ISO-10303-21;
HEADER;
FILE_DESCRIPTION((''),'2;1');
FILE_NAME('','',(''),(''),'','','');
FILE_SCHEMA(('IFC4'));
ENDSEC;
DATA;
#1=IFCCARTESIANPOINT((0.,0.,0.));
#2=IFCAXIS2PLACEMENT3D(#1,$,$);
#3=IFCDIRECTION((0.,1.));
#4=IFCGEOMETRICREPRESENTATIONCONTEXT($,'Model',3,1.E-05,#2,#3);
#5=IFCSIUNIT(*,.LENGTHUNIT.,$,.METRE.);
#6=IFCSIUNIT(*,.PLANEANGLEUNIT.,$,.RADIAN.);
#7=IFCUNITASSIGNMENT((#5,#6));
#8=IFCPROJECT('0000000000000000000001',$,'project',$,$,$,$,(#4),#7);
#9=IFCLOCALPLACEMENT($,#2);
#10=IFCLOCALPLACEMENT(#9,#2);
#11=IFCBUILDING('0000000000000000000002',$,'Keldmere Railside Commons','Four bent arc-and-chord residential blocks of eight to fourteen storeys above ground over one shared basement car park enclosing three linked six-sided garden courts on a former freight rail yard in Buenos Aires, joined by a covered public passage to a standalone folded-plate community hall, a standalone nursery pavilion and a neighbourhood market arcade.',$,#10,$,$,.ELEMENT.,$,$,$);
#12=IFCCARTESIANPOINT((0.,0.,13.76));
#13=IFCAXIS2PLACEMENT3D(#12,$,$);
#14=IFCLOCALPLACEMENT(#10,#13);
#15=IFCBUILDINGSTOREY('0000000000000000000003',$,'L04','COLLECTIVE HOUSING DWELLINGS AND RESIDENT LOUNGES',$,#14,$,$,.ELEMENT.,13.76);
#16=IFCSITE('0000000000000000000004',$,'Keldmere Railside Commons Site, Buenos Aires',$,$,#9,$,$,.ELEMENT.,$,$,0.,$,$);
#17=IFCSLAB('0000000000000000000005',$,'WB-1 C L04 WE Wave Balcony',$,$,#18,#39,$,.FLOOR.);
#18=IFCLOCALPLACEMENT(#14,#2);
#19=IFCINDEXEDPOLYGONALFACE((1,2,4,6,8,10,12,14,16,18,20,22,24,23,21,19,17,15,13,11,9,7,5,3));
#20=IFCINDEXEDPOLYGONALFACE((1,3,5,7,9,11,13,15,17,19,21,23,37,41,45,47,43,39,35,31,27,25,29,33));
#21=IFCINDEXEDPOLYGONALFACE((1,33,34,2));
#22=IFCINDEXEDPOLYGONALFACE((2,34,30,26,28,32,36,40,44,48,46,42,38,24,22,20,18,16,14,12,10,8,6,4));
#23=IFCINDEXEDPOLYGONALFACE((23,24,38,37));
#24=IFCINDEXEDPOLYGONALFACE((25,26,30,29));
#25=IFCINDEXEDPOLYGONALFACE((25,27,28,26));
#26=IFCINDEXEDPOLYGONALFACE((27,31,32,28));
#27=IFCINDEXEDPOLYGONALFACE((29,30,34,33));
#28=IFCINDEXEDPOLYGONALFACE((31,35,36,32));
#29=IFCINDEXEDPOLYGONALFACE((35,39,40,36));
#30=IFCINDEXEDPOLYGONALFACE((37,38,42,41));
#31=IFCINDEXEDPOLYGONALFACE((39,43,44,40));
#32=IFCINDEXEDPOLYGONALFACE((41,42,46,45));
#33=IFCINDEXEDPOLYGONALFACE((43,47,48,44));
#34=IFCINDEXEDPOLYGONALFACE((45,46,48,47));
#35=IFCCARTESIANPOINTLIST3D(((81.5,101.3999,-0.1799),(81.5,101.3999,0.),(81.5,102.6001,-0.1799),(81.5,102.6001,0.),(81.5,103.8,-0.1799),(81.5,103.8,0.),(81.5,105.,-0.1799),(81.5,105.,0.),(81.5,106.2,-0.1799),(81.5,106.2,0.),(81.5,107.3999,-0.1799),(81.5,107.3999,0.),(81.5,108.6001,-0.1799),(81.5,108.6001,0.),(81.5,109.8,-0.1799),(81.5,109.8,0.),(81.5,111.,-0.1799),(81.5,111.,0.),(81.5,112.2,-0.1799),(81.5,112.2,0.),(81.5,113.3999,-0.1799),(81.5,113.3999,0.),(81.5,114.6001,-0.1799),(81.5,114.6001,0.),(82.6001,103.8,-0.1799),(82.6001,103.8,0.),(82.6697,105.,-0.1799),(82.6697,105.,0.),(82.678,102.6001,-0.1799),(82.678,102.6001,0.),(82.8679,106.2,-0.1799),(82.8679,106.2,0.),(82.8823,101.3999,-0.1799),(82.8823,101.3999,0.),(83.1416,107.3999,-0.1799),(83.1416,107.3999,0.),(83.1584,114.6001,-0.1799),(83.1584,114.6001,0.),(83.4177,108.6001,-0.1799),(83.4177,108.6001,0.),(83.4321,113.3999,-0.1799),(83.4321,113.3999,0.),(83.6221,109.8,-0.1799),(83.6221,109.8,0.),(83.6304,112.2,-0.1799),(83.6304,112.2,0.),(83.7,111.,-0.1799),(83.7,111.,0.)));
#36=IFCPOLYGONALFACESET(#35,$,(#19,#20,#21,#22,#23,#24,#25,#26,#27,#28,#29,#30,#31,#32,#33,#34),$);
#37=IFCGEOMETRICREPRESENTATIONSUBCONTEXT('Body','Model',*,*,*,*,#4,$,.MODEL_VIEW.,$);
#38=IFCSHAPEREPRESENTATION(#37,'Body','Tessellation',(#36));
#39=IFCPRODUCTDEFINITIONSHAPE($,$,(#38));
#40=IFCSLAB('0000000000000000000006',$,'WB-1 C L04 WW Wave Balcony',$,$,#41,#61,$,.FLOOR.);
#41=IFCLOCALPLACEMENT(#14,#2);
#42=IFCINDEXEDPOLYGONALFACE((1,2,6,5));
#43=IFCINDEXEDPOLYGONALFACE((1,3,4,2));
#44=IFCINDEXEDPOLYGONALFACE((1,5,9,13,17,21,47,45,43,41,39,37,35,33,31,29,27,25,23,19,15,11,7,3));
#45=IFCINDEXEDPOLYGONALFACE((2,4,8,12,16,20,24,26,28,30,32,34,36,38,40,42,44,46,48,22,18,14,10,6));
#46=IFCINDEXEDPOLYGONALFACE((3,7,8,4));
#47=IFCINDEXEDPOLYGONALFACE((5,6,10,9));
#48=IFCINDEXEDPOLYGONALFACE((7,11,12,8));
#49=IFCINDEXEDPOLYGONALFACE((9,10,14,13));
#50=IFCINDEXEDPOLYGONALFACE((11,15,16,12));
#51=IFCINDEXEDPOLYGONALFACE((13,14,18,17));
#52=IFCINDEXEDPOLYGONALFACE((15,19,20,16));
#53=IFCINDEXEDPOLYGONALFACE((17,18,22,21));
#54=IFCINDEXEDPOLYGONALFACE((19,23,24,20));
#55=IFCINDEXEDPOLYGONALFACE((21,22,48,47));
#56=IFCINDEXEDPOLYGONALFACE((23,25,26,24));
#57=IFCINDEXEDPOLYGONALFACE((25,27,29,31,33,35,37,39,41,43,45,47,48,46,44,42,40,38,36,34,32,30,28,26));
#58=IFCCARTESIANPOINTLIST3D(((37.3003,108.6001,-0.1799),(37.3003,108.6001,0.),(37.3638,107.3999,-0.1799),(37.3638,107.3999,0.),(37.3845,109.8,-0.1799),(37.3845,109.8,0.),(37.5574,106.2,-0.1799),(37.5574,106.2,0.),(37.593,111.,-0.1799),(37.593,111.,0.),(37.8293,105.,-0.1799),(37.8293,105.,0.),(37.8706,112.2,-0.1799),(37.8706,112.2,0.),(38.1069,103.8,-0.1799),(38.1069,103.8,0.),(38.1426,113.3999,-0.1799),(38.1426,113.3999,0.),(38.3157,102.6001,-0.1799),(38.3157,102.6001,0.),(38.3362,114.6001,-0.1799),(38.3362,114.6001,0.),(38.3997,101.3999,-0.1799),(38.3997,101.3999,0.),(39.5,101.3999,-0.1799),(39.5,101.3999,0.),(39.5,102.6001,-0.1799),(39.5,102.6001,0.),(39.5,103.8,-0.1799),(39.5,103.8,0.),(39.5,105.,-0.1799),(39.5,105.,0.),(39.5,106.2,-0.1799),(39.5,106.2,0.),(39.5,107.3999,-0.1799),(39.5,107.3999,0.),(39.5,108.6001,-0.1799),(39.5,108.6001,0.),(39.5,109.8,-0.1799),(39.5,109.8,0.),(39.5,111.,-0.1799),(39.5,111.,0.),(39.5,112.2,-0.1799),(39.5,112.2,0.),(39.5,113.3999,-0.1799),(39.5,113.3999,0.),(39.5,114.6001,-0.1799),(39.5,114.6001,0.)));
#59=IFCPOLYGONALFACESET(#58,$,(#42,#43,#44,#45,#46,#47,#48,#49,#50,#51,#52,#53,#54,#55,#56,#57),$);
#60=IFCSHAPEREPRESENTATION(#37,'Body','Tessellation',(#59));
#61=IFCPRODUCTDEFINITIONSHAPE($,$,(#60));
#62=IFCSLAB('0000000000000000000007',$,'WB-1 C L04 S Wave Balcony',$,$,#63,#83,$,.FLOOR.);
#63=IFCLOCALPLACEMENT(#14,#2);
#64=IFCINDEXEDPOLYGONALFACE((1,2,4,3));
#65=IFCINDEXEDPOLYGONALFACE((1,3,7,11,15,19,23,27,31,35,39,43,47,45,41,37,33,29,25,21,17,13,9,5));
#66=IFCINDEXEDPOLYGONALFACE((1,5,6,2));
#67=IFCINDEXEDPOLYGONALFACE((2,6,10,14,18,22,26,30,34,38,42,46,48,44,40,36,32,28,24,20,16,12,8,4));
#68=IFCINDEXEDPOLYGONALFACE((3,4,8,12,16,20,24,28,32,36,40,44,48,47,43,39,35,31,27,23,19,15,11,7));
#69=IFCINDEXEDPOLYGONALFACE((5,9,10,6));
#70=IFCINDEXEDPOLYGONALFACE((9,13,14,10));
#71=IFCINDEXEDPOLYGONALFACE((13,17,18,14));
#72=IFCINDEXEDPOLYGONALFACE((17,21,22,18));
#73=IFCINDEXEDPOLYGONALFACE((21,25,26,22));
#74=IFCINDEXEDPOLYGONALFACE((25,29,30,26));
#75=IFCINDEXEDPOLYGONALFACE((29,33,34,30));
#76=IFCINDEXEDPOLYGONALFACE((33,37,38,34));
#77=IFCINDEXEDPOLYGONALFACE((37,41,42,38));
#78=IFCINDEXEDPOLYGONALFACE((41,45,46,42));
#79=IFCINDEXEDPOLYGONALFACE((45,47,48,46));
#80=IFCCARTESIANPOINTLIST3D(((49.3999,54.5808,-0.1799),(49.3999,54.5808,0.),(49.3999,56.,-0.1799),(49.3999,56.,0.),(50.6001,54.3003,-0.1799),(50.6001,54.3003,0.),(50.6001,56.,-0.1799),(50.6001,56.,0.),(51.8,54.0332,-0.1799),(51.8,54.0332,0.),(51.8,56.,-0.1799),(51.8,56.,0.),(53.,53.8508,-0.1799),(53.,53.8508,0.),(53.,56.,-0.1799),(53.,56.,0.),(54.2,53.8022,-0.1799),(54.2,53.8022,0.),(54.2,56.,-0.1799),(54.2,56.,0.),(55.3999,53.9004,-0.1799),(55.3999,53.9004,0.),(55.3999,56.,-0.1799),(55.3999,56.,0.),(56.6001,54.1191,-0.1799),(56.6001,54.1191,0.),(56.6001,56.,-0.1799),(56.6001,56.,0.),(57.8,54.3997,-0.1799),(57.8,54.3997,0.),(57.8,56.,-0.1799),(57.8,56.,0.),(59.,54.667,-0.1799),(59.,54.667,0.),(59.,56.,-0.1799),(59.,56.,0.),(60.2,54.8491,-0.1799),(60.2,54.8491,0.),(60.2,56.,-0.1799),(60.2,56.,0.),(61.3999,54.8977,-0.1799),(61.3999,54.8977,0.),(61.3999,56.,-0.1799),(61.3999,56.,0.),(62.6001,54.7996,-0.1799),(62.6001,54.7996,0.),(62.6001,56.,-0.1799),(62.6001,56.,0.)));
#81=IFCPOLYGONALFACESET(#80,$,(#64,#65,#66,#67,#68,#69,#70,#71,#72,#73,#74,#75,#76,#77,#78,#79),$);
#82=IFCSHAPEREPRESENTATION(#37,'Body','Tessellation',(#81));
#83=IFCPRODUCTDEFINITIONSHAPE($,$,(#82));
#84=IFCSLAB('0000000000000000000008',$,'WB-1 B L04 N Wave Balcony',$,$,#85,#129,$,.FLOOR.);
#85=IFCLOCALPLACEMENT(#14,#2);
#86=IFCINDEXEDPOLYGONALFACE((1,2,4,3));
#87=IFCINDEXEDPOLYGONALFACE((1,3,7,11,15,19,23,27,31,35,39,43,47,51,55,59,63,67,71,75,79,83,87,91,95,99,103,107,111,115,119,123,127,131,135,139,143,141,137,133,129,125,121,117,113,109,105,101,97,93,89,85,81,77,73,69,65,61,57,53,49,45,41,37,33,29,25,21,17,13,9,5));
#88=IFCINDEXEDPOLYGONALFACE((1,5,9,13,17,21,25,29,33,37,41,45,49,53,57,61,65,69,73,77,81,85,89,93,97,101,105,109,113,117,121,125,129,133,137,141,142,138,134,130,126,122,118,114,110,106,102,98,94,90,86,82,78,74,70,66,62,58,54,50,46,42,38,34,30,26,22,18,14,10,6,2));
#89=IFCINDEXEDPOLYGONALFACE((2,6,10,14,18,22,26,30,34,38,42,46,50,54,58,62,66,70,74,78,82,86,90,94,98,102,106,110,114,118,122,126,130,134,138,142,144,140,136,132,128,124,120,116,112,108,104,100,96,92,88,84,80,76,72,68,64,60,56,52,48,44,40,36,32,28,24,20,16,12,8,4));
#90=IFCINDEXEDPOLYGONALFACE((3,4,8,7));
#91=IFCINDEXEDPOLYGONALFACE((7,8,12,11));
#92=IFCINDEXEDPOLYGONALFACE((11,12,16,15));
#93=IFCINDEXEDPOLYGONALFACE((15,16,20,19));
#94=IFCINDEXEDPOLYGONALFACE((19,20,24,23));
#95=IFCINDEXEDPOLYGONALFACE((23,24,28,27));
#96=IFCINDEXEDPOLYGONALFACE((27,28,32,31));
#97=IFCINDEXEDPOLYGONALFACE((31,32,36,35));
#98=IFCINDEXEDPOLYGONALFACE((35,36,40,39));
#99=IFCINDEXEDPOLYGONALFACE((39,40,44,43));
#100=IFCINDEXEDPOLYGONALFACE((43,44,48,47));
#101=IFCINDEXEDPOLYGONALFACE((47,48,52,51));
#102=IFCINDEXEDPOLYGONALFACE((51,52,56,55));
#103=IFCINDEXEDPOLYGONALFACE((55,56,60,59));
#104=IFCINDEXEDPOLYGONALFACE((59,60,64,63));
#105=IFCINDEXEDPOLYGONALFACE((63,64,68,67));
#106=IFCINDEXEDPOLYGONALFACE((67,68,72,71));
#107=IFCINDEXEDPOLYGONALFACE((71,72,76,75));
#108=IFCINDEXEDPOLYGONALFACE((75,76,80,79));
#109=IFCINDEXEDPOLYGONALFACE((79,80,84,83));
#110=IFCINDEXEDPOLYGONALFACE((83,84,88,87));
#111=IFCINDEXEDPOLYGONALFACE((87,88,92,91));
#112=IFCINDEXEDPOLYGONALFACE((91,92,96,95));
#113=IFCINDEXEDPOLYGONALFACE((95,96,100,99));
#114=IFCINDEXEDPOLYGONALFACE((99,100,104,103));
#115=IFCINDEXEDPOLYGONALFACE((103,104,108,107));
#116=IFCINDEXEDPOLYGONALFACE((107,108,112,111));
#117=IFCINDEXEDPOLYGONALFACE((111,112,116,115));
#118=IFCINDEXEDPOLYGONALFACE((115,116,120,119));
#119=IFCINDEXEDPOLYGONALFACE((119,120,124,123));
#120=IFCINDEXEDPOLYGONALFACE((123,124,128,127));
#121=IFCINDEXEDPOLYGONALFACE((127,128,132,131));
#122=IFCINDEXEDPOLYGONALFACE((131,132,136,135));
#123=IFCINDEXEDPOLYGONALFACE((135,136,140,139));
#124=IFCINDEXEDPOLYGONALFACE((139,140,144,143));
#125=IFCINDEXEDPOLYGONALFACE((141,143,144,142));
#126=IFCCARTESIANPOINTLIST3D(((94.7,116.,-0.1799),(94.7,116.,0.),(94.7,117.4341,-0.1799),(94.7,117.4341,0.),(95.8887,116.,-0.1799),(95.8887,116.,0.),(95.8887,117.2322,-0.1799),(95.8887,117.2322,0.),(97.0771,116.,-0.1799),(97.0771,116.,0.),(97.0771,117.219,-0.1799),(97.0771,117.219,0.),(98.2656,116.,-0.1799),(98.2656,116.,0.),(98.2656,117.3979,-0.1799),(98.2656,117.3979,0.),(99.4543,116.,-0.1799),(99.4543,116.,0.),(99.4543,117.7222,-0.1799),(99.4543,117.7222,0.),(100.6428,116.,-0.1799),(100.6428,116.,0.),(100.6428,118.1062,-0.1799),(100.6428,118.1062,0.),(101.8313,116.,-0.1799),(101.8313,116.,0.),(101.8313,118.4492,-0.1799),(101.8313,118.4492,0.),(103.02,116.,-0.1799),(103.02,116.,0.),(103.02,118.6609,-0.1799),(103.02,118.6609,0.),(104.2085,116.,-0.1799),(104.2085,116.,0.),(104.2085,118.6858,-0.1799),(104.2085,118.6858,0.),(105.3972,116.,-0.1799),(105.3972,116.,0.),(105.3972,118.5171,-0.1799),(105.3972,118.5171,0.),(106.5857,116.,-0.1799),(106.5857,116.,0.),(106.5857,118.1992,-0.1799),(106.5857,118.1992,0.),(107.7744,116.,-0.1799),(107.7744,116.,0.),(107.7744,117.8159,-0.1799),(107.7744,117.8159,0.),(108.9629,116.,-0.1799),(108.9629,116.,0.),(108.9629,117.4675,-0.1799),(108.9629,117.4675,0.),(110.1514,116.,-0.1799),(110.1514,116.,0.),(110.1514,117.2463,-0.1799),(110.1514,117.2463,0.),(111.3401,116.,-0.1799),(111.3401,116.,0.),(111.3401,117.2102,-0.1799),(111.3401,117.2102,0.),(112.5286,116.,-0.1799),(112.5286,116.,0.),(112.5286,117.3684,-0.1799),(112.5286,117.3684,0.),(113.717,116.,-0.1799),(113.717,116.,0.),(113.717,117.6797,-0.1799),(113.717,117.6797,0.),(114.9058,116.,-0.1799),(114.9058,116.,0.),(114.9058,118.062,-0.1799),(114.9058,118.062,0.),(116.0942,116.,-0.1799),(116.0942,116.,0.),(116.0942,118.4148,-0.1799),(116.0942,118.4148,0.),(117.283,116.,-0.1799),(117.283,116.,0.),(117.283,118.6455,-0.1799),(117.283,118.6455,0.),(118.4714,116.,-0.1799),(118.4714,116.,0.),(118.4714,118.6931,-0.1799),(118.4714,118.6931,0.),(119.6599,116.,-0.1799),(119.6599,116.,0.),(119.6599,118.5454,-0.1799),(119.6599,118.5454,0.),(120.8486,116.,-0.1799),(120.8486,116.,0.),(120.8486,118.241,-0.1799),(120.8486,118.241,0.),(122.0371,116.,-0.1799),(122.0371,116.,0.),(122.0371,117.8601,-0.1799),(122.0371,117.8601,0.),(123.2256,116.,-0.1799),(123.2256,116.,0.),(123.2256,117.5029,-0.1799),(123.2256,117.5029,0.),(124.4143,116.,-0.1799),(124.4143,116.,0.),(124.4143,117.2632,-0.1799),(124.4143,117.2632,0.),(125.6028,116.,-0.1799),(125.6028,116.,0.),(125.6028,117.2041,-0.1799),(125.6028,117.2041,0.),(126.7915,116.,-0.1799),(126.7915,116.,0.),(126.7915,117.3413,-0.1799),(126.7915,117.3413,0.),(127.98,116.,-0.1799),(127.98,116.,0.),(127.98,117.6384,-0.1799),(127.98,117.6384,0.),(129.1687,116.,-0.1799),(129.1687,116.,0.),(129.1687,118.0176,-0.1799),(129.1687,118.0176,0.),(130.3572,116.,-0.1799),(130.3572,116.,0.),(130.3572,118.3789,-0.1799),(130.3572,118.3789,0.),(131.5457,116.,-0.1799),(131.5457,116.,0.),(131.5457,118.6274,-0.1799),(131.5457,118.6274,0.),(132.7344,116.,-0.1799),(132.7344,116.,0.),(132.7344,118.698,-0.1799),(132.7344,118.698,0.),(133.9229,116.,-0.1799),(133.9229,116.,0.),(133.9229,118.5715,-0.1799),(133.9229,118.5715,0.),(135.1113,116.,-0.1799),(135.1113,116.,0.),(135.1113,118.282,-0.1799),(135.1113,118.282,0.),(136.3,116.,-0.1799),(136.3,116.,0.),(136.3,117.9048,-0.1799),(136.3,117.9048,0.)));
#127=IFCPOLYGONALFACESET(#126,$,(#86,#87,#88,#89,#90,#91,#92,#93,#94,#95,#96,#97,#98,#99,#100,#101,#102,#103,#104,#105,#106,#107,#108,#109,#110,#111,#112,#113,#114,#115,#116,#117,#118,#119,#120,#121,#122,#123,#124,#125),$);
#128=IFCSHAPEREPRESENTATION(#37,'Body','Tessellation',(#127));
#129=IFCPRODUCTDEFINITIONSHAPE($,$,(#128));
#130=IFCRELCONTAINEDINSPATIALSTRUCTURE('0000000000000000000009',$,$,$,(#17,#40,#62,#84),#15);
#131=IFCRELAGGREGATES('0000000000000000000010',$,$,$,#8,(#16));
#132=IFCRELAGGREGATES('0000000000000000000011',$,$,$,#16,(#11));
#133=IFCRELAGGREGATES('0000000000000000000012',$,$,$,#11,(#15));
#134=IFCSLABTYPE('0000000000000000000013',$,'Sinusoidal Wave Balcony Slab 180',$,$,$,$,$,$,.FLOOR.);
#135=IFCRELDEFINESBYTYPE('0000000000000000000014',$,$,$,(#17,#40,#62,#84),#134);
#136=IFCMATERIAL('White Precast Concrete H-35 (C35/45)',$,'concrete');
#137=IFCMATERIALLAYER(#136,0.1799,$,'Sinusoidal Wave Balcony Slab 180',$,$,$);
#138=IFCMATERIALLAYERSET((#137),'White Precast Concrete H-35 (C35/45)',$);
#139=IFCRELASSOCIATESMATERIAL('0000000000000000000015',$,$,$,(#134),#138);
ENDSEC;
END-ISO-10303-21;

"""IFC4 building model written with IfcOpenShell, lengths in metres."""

from ifc_helpers import new_model, si_unit, direction, frame, origin, place, context, subcontext, project, spatial, polyline, outline, extrude, material, layer, layer_set, type_object, element, save


model = new_model("IFC4")

# Units and contexts
model_context = context("Model", 3, precision=1e-05, world=origin(), true_north=direction((0.0, 1.0)))
body_context = subcontext(model_context, "Body", "Model", "MODEL_VIEW")
ifc_project = project(units=[si_unit("LENGTHUNIT", "METRE"), si_unit("PLANEANGLEUNIT", "RADIAN")], contexts=[model_context])

# Site, building, storey
site_placement = place(None, origin())
site = spatial("IfcSite", under=ifc_project, at=site_placement, Name="Keldmere Railside Commons Site, Buenos Aires", CompositionType="ELEMENT", RefElevation=0.0)
building_placement = place(site_placement, origin())
building = spatial("IfcBuilding", under=site, at=building_placement, Name="Keldmere Railside Commons", Description="Four bent arc-and-chord residential blocks of eight to fourteen storeys above ground over one shared basement car park enclosing three linked six-sided garden courts on a former freight rail yard in Buenos Aires, joined by a covered public passage to a standalone folded-plate community hall, a standalone nursery pavilion and a neighbourhood market arcade.", CompositionType="ELEMENT")
storey_placement = place(building_placement, frame((0.0, 0.0, 13.76)))
storey = spatial("IfcBuildingStorey", under=building, at=storey_placement, Name="L04", Description="COLLECTIVE HOUSING DWELLINGS AND RESIDENT LOUNGES", CompositionType="ELEMENT", Elevation=13.76)

# Slabs
ifc_material_1 = material(Name="White Precast Concrete H-35 (C35/45)", Category="concrete")
ifc_layer_1 = layer(ifc_material_1, 0.1799, Name="Sinusoidal Wave Balcony Slab 180")
ifc_layer_set_1 = layer_set([ifc_layer_1], Name="White Precast Concrete H-35 (C35/45)")
slab_type_1 = type_object("IfcSlabType", Name="Sinusoidal Wave Balcony Slab 180", PredefinedType="FLOOR", material=ifc_layer_set_1)
slab_1_placement = place(storey_placement, frame((0.0, 0.0, -0.1799)))
element("IfcSlab", 1, at=slab_1_placement, inside=storey, type_object=slab_type_1, Name="WB-1 C L04 WE Wave Balcony", PredefinedType="FLOOR", context=body_context, shape_type="SweptSolid", body=[
    extrude(outline(polyline([(82.8823, 101.3999), (82.678, 102.6001), (82.6001, 103.8), (82.6697, 105.0), (82.8679, 106.2), (83.1416, 107.3999), (83.4177, 108.6001), (83.6221, 109.8), (83.7, 111.0), (83.6304, 112.2), (83.4321, 113.3999), (83.1584, 114.6001), (81.5, 114.6001), (81.5, 113.3999), (81.5, 112.2), (81.5, 111.0), (81.5, 109.8), (81.5, 108.6001), (81.5, 107.3999), (81.5, 106.2), (81.5, 105.0), (81.5, 103.8), (81.5, 102.6001), (81.5, 101.3999), (82.8823, 101.3999)])), origin(), (0.0, 0.0, 1.0), 0.1799),
])
slab_2_placement = place(storey_placement, frame((0.0, 0.0, -0.1799)))
element("IfcSlab", 2, at=slab_2_placement, inside=storey, type_object=slab_type_1, Name="WB-1 C L04 WW Wave Balcony", PredefinedType="FLOOR", context=body_context, shape_type="SweptSolid", body=[
    extrude(outline(polyline([(39.5, 101.3999), (39.5, 102.6001), (39.5, 103.8), (39.5, 105.0), (39.5, 106.2), (39.5, 107.3999), (39.5, 108.6001), (39.5, 109.8), (39.5, 111.0), (39.5, 112.2), (39.5, 113.3999), (39.5, 114.6001), (38.3362, 114.6001), (38.1426, 113.3999), (37.8706, 112.2), (37.593, 111.0), (37.3845, 109.8), (37.3003, 108.6001), (37.3638, 107.3999), (37.5574, 106.2), (37.8293, 105.0), (38.1069, 103.8), (38.3157, 102.6001), (38.3997, 101.3999), (39.5, 101.3999)])), origin(), (0.0, 0.0, 1.0), 0.1799),
])
slab_3_placement = place(storey_placement, frame((0.0, 0.0, -0.1799)))
element("IfcSlab", 3, at=slab_3_placement, inside=storey, type_object=slab_type_1, Name="WB-1 C L04 S Wave Balcony", PredefinedType="FLOOR", context=body_context, shape_type="SweptSolid", body=[
    extrude(outline(polyline([(49.3999, 54.5808), (50.6001, 54.3003), (51.8, 54.0332), (53.0, 53.8508), (54.2, 53.8022), (55.3999, 53.9004), (56.6001, 54.1191), (57.8, 54.3997), (59.0, 54.667), (60.2, 54.8491), (61.3999, 54.8977), (62.6001, 54.7996), (62.6001, 56.0), (61.3999, 56.0), (60.2, 56.0), (59.0, 56.0), (57.8, 56.0), (56.6001, 56.0), (55.3999, 56.0), (54.2, 56.0), (53.0, 56.0), (51.8, 56.0), (50.6001, 56.0), (49.3999, 56.0), (49.3999, 54.5808)])), origin(), (0.0, 0.0, 1.0), 0.1799),
])
slab_4_placement = place(storey_placement, frame((0.0, 0.0, -0.1799)))
element("IfcSlab", 4, at=slab_4_placement, inside=storey, type_object=slab_type_1, Name="WB-1 B L04 N Wave Balcony", PredefinedType="FLOOR", context=body_context, shape_type="SweptSolid", body=[
    extrude(outline(polyline([(94.7, 116.0), (95.8887, 116.0), (97.0771, 116.0), (98.2656, 116.0), (99.4543, 116.0), (100.6428, 116.0), (101.8313, 116.0), (103.02, 116.0), (104.2085, 116.0), (105.3972, 116.0), (106.5857, 116.0), (107.7744, 116.0), (108.9629, 116.0), (110.1514, 116.0), (111.3401, 116.0), (112.5286, 116.0), (113.717, 116.0), (114.9058, 116.0), (116.0942, 116.0), (117.283, 116.0), (118.4714, 116.0), (119.6599, 116.0), (120.8486, 116.0), (122.0371, 116.0), (123.2256, 116.0), (124.4143, 116.0), (125.6028, 116.0), (126.7915, 116.0), (127.98, 116.0), (129.1687, 116.0), (130.3572, 116.0), (131.5457, 116.0), (132.7344, 116.0), (133.9229, 116.0), (135.1113, 116.0), (136.3, 116.0), (136.3, 117.9048), (135.1113, 118.282), (133.9229, 118.5715), (132.7344, 118.698), (131.5457, 118.6274), (130.3572, 118.3789), (129.1687, 118.0176), (127.98, 117.6384), (126.7915, 117.3413), (125.6028, 117.2041), (124.4143, 117.2632), (123.2256, 117.5029), (122.0371, 117.8601), (120.8486, 118.241), (119.6599, 118.5454), (118.4714, 118.6931), (117.283, 118.6455), (116.0942, 118.4148), (114.9058, 118.062), (113.717, 117.6797), (112.5286, 117.3684), (111.3401, 117.2102), (110.1514, 117.2463), (108.9629, 117.4675), (107.7744, 117.8159), (106.5857, 118.1992), (105.3972, 118.5171), (104.2085, 118.6858), (103.02, 118.6609), (101.8313, 118.4492), (100.6428, 118.1062), (99.4543, 117.7222), (98.2656, 117.3979), (97.0771, 117.219), (95.8887, 117.2322), (94.7, 117.4341), (94.7, 116.0)])), origin(), (0.0, 0.0, 1.0), 0.1799),
])

save(model, "model.ifc")
